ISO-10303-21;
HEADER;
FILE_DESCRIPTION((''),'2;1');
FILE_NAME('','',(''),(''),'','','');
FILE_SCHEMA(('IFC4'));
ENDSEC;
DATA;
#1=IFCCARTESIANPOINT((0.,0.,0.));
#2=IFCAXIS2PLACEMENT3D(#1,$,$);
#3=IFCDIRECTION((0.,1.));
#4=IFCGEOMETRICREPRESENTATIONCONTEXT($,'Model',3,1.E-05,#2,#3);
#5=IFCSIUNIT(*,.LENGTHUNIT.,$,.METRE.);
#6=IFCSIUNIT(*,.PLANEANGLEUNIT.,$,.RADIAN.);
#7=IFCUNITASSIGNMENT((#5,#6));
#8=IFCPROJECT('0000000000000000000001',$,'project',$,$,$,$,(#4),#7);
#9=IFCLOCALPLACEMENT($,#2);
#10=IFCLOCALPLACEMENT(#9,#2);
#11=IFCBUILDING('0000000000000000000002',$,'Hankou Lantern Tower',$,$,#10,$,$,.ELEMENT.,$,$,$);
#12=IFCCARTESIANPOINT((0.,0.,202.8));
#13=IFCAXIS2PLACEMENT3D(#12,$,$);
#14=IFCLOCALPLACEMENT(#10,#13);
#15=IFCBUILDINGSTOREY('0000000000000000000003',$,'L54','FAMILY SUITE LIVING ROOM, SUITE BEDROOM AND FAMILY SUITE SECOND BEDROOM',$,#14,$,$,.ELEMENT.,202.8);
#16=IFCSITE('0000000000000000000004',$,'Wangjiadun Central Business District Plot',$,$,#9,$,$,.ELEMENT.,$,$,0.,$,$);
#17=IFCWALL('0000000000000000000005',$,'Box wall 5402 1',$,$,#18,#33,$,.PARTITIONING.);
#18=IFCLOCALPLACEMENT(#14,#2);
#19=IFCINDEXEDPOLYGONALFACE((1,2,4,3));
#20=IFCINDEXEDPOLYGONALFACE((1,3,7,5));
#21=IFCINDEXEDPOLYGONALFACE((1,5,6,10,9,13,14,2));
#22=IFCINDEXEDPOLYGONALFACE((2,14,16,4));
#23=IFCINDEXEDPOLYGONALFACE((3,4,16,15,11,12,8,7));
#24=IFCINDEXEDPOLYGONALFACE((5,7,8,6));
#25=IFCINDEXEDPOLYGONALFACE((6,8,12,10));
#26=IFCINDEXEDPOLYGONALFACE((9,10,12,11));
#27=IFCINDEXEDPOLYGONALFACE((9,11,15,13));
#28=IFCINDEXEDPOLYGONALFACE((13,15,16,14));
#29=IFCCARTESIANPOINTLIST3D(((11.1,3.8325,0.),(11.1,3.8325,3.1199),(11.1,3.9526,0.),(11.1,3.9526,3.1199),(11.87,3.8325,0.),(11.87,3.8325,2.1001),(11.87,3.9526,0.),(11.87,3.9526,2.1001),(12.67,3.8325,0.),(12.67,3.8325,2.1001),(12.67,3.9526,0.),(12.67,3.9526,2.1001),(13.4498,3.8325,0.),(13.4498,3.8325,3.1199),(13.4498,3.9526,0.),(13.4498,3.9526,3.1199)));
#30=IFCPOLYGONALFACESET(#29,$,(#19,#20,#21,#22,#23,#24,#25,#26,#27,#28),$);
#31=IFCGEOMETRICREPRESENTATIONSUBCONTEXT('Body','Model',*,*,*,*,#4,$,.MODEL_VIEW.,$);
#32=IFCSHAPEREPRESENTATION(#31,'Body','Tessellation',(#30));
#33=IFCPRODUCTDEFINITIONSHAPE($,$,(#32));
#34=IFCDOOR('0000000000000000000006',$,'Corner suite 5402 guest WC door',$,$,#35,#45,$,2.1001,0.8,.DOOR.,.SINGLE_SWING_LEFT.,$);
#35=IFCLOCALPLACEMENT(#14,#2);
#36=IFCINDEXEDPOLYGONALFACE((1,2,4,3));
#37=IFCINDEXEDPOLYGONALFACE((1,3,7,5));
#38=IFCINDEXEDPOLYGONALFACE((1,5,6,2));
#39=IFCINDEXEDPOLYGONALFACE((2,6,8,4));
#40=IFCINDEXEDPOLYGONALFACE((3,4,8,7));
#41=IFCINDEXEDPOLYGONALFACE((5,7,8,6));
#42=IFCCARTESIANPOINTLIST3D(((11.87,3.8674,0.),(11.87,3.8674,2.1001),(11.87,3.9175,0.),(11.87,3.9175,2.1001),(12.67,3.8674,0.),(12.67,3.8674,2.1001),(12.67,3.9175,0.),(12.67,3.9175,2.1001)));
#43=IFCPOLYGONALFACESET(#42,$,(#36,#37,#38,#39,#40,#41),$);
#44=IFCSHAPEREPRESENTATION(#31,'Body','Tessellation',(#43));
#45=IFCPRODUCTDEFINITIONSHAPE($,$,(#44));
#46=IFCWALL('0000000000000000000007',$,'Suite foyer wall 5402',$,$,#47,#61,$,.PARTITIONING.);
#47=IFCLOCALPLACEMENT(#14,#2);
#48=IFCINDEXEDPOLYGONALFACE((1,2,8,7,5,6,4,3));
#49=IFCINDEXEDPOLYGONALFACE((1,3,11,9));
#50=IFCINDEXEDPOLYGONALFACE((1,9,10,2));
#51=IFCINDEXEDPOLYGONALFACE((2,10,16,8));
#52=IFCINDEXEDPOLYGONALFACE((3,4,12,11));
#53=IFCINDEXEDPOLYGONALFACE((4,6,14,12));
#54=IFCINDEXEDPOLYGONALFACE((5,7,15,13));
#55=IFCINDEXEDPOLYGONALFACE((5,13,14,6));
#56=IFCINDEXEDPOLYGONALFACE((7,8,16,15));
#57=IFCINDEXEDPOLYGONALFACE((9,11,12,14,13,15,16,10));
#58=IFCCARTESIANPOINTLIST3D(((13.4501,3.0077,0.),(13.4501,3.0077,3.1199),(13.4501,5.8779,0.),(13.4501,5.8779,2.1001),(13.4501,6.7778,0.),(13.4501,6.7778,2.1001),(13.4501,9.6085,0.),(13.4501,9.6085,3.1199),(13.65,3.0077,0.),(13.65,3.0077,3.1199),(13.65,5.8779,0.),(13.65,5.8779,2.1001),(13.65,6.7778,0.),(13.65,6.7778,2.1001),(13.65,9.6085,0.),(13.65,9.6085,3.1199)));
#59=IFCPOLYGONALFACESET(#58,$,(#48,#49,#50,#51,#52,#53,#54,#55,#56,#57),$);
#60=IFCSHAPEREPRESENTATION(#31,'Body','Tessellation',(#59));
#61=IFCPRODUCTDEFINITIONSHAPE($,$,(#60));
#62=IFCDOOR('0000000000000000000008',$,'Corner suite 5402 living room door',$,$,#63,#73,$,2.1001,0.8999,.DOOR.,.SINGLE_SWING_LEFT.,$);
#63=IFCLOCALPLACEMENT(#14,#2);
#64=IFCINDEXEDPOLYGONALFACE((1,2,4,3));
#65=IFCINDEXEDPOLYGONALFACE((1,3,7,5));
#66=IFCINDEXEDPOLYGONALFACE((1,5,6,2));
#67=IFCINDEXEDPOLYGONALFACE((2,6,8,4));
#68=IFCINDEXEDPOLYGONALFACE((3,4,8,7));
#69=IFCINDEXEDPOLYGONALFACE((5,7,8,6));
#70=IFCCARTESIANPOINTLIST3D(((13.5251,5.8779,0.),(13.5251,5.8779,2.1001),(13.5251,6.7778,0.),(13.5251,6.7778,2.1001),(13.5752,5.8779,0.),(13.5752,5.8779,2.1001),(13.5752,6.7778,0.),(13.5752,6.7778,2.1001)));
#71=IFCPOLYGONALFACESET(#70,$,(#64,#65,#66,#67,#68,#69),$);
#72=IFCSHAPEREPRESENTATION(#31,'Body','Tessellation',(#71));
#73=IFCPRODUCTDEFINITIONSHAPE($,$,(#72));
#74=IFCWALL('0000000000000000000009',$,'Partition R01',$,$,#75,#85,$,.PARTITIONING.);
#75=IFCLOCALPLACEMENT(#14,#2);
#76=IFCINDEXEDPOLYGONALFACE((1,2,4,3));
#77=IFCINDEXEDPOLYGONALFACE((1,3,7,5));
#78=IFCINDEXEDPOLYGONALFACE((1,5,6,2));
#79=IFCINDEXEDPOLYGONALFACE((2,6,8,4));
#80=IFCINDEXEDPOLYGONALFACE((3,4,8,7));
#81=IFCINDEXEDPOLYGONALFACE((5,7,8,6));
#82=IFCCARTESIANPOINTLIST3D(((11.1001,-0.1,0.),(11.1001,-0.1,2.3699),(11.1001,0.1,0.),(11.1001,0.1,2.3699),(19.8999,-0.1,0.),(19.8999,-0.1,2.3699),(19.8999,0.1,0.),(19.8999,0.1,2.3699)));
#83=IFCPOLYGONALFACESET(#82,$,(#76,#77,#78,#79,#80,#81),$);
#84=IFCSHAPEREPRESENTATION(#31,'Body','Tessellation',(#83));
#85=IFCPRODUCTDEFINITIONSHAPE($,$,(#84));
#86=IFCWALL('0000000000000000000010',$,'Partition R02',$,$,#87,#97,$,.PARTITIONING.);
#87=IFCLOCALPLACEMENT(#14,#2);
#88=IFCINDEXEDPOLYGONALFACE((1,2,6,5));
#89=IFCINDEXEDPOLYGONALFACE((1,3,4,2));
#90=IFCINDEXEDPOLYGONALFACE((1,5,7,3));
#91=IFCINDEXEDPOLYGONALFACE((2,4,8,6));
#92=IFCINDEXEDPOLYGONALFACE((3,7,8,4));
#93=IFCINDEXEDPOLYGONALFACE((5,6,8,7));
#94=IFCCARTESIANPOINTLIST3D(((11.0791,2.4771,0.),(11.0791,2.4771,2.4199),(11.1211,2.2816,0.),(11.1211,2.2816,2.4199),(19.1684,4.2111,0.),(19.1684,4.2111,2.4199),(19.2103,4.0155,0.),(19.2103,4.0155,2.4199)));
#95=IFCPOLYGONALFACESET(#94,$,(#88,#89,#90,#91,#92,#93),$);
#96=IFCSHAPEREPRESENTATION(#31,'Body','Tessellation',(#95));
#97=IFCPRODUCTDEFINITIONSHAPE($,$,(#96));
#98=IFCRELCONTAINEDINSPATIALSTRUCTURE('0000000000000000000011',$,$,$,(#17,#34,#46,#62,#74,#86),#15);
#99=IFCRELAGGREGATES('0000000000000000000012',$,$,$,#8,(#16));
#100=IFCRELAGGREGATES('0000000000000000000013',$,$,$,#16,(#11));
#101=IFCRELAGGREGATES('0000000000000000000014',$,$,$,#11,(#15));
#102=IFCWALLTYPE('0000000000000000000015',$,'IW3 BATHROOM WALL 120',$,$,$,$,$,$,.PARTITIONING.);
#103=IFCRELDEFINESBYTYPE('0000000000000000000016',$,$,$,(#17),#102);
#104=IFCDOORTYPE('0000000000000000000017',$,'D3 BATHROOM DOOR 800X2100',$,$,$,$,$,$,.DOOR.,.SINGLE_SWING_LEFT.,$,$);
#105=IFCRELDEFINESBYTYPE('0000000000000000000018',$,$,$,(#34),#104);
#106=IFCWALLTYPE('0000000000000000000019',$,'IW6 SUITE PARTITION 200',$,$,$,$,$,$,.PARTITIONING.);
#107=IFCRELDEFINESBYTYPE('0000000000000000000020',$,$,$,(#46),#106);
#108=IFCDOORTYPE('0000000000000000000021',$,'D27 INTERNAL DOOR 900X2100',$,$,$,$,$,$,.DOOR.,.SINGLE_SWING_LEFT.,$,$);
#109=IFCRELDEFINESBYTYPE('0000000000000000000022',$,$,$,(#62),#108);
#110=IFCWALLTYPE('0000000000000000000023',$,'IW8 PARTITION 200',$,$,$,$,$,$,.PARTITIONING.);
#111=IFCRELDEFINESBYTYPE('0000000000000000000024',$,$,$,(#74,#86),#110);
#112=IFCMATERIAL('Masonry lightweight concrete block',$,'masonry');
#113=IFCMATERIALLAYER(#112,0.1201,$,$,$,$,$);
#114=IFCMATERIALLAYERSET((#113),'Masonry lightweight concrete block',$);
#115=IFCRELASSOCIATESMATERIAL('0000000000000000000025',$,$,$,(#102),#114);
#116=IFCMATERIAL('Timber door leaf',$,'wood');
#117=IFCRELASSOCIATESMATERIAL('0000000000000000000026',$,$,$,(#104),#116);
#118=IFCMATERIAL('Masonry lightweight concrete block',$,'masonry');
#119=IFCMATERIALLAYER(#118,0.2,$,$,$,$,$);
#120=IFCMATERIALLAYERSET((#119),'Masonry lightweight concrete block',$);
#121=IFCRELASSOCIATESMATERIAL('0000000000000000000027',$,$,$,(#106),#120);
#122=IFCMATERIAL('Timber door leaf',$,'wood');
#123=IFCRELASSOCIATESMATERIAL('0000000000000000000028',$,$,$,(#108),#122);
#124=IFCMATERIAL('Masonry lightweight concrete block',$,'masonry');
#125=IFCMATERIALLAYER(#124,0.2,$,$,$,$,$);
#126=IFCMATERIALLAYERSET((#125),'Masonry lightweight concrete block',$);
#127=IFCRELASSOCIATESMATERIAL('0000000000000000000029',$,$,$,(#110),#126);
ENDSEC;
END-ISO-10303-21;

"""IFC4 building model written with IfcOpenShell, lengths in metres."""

from ifc_helpers import new_model, si_unit, direction, frame, frame_2d, origin, place, context, subcontext, project, spatial, rectangle, extrude, material, layer, layer_set, type_object, element, fill, save


model = new_model("IFC4")

# Units and contexts
model_context = context("Model", 3, precision=1e-05, world=origin(), true_north=direction((0.0, 1.0)))
body_context = subcontext(model_context, "Body", "Model", "MODEL_VIEW")
ifc_project = project(units=[si_unit("LENGTHUNIT", "METRE"), si_unit("PLANEANGLEUNIT", "RADIAN")], contexts=[model_context])

# Site, building, storey
site_placement = place(None, origin())
site = spatial("IfcSite", under=ifc_project, at=site_placement, Name="Wangjiadun Central Business District Plot", CompositionType="ELEMENT", RefElevation=0.0)
building_placement = place(site_placement, origin())
building = spatial("IfcBuilding", under=site, at=building_placement, Name="Hankou Lantern Tower", CompositionType="ELEMENT")
storey_placement = place(building_placement, frame((0.0, 0.0, 202.8)))
storey = spatial("IfcBuildingStorey", under=building, at=storey_placement, Name="L54", Description="FAMILY SUITE LIVING ROOM, SUITE BEDROOM AND FAMILY SUITE SECOND BEDROOM", CompositionType="ELEMENT", Elevation=202.8)

# Walls, openings, doors
ifc_material_1 = material(Name="Masonry lightweight concrete block", Category="masonry")
ifc_layer_1 = layer(ifc_material_1, 0.1201)
ifc_layer_set_1 = layer_set([ifc_layer_1], Name="Masonry lightweight concrete block")
wall_type_1 = type_object("IfcWallType", Name="IW3 BATHROOM WALL 120", PredefinedType="PARTITIONING", material=ifc_layer_set_1)
wall_1_placement = place(storey_placement, frame((11.1001, 3.8926, 0.0), z_axis=(0.0, 0.0, 1.0), x_axis=(1.0, 0.0, 0.0)))
wall_1 = element("IfcWall", 1, at=wall_1_placement, inside=storey, type_object=wall_type_1, Name="Box wall 5402 1", PredefinedType="PARTITIONING", context=body_context, shape_type="SweptSolid", body=[
    extrude(rectangle(XDim=2.3499, YDim=0.1201, at=frame_2d((1.1748, 0.0))), origin(), (0.0, 0.0, 1.0), 3.1199),
])
opening_1_placement = place(wall_1_placement, frame((0.77, 0.0, 0.0)))
opening_1 = element("IfcOpeningElement", 2, at=opening_1_placement, cuts=wall_1, PredefinedType="OPENING", context=body_context, shape_type="SweptSolid", body=[
    extrude(rectangle(XDim=0.8, YDim=2.1001, at=frame_2d((0.3999, 1.05))), frame((0.0, 0.0701, 0.0), z_axis=(0.0, -1.0, 0.0), x_axis=(1.0, 0.0, 0.0)), (0.0, 0.0, 1.0), 0.1401),
])
ifc_material_2 = material(Name="Timber door leaf", Category="wood")
door_type_1 = type_object("IfcDoorType", Name="D3 BATHROOM DOOR 800X2100", OperationType="SINGLE_SWING_LEFT", PredefinedType="DOOR", material=ifc_material_2)
door_1_placement = place(opening_1_placement, origin())
door_1 = element("IfcDoor", 3, at=door_1_placement, inside=storey, type_object=door_type_1, Name="Corner suite 5402 guest WC door", OperationType="SINGLE_SWING_LEFT", OverallHeight=2.1001, OverallWidth=0.8, PredefinedType="DOOR", context=body_context, shape_type="SweptSolid", body=[
    extrude(rectangle(XDim=0.8, YDim=2.1001, at=frame_2d((0.3999, 1.05))), frame((0.0, 0.0249, 0.0), z_axis=(0.0, -1.0, 0.0), x_axis=(1.0, 0.0, 0.0)), (0.0, 0.0, 1.0), 0.05),
])
fill(opening_1, door_1)
ifc_material_3 = material(Name="Masonry lightweight concrete block", Category="masonry")
ifc_layer_2 = layer(ifc_material_3, 0.2)
ifc_layer_set_2 = layer_set([ifc_layer_2], Name="Masonry lightweight concrete block")
wall_type_2 = type_object("IfcWallType", Name="IW6 SUITE PARTITION 200", PredefinedType="PARTITIONING", material=ifc_layer_set_2)
wall_2_placement = place(storey_placement, frame((13.55, 3.0078, 0.0), z_axis=(0.0, 0.0, 1.0), x_axis=(0.0, 1.0, 0.0)))
wall_2 = element("IfcWall", 4, at=wall_2_placement, inside=storey, type_object=wall_type_2, Name="Suite foyer wall 5402", PredefinedType="PARTITIONING", context=body_context, shape_type="SweptSolid", body=[
    extrude(rectangle(XDim=6.6008, YDim=0.2, at=frame_2d((3.3003, 0.0))), origin(), (0.0, 0.0, 1.0), 3.1199),
])
opening_2_placement = place(wall_2_placement, frame((2.8701, 0.0, 0.0)))
opening_2 = element("IfcOpeningElement", 5, at=opening_2_placement, cuts=wall_2, PredefinedType="OPENING", context=body_context, shape_type="SweptSolid", body=[
    extrude(rectangle(XDim=0.8999, YDim=2.1001, at=frame_2d((0.45, 1.05))), frame((0.0, 0.1099, 0.0), z_axis=(0.0, -1.0, 0.0), x_axis=(1.0, 0.0, 0.0)), (0.0, 0.0, 1.0), 0.22),
])
ifc_material_4 = material(Name="Timber door leaf", Category="wood")
door_type_2 = type_object("IfcDoorType", Name="D27 INTERNAL DOOR 900X2100", OperationType="SINGLE_SWING_LEFT", PredefinedType="DOOR", material=ifc_material_4)
door_2_placement = place(opening_2_placement, origin())
door_2 = element("IfcDoor", 6, at=door_2_placement, inside=storey, type_object=door_type_2, Name="Corner suite 5402 living room door", OperationType="SINGLE_SWING_LEFT", OverallHeight=2.1001, OverallWidth=0.8999, PredefinedType="DOOR", context=body_context, shape_type="SweptSolid", body=[
    extrude(rectangle(XDim=0.8999, YDim=2.1001, at=frame_2d((0.45, 1.05))), frame((0.0, 0.0249, 0.0), z_axis=(0.0, -1.0, 0.0), x_axis=(1.0, 0.0, 0.0)), (0.0, 0.0, 1.0), 0.05),
])
fill(opening_2, door_2)

# Walls
ifc_material_5 = material(Name="Masonry lightweight concrete block", Category="masonry")
ifc_layer_3 = layer(ifc_material_5, 0.2)
ifc_layer_set_3 = layer_set([ifc_layer_3], Name="Masonry lightweight concrete block")
wall_type_3 = type_object("IfcWallType", Name="IW8 PARTITION 200", PredefinedType="PARTITIONING", material=ifc_layer_set_3)
wall_3_placement = place(storey_placement, frame((11.1001, 0.0, 0.0), z_axis=(0.0, 0.0, 1.0), x_axis=(1.0, 0.0, 0.0)))
element("IfcWall", 7, at=wall_3_placement, inside=storey, type_object=wall_type_3, Name="Partition R01", PredefinedType="PARTITIONING", context=body_context, shape_type="SweptSolid", body=[
    extrude(rectangle(XDim=8.7998, YDim=0.2, at=frame_2d((4.3999, 0.0))), origin(), (0.0, 0.0, 1.0), 2.3699),
])
wall_4_placement = place(storey_placement, frame((11.1001, 2.3794, 0.0), z_axis=(0.0, 0.0, 1.0), x_axis=(0.97779, 0.209588, 0.0)))
element("IfcWall", 8, at=wall_4_placement, inside=storey, type_object=wall_type_3, Name="Partition R02", PredefinedType="PARTITIONING", context=body_context, shape_type="SweptSolid", body=[
    extrude(rectangle(XDim=8.2729, YDim=0.2, at=frame_2d((4.1365, 0.0))), origin(), (0.0, 0.0, 1.0), 2.4199),
])

save(model, "model.ifc")
